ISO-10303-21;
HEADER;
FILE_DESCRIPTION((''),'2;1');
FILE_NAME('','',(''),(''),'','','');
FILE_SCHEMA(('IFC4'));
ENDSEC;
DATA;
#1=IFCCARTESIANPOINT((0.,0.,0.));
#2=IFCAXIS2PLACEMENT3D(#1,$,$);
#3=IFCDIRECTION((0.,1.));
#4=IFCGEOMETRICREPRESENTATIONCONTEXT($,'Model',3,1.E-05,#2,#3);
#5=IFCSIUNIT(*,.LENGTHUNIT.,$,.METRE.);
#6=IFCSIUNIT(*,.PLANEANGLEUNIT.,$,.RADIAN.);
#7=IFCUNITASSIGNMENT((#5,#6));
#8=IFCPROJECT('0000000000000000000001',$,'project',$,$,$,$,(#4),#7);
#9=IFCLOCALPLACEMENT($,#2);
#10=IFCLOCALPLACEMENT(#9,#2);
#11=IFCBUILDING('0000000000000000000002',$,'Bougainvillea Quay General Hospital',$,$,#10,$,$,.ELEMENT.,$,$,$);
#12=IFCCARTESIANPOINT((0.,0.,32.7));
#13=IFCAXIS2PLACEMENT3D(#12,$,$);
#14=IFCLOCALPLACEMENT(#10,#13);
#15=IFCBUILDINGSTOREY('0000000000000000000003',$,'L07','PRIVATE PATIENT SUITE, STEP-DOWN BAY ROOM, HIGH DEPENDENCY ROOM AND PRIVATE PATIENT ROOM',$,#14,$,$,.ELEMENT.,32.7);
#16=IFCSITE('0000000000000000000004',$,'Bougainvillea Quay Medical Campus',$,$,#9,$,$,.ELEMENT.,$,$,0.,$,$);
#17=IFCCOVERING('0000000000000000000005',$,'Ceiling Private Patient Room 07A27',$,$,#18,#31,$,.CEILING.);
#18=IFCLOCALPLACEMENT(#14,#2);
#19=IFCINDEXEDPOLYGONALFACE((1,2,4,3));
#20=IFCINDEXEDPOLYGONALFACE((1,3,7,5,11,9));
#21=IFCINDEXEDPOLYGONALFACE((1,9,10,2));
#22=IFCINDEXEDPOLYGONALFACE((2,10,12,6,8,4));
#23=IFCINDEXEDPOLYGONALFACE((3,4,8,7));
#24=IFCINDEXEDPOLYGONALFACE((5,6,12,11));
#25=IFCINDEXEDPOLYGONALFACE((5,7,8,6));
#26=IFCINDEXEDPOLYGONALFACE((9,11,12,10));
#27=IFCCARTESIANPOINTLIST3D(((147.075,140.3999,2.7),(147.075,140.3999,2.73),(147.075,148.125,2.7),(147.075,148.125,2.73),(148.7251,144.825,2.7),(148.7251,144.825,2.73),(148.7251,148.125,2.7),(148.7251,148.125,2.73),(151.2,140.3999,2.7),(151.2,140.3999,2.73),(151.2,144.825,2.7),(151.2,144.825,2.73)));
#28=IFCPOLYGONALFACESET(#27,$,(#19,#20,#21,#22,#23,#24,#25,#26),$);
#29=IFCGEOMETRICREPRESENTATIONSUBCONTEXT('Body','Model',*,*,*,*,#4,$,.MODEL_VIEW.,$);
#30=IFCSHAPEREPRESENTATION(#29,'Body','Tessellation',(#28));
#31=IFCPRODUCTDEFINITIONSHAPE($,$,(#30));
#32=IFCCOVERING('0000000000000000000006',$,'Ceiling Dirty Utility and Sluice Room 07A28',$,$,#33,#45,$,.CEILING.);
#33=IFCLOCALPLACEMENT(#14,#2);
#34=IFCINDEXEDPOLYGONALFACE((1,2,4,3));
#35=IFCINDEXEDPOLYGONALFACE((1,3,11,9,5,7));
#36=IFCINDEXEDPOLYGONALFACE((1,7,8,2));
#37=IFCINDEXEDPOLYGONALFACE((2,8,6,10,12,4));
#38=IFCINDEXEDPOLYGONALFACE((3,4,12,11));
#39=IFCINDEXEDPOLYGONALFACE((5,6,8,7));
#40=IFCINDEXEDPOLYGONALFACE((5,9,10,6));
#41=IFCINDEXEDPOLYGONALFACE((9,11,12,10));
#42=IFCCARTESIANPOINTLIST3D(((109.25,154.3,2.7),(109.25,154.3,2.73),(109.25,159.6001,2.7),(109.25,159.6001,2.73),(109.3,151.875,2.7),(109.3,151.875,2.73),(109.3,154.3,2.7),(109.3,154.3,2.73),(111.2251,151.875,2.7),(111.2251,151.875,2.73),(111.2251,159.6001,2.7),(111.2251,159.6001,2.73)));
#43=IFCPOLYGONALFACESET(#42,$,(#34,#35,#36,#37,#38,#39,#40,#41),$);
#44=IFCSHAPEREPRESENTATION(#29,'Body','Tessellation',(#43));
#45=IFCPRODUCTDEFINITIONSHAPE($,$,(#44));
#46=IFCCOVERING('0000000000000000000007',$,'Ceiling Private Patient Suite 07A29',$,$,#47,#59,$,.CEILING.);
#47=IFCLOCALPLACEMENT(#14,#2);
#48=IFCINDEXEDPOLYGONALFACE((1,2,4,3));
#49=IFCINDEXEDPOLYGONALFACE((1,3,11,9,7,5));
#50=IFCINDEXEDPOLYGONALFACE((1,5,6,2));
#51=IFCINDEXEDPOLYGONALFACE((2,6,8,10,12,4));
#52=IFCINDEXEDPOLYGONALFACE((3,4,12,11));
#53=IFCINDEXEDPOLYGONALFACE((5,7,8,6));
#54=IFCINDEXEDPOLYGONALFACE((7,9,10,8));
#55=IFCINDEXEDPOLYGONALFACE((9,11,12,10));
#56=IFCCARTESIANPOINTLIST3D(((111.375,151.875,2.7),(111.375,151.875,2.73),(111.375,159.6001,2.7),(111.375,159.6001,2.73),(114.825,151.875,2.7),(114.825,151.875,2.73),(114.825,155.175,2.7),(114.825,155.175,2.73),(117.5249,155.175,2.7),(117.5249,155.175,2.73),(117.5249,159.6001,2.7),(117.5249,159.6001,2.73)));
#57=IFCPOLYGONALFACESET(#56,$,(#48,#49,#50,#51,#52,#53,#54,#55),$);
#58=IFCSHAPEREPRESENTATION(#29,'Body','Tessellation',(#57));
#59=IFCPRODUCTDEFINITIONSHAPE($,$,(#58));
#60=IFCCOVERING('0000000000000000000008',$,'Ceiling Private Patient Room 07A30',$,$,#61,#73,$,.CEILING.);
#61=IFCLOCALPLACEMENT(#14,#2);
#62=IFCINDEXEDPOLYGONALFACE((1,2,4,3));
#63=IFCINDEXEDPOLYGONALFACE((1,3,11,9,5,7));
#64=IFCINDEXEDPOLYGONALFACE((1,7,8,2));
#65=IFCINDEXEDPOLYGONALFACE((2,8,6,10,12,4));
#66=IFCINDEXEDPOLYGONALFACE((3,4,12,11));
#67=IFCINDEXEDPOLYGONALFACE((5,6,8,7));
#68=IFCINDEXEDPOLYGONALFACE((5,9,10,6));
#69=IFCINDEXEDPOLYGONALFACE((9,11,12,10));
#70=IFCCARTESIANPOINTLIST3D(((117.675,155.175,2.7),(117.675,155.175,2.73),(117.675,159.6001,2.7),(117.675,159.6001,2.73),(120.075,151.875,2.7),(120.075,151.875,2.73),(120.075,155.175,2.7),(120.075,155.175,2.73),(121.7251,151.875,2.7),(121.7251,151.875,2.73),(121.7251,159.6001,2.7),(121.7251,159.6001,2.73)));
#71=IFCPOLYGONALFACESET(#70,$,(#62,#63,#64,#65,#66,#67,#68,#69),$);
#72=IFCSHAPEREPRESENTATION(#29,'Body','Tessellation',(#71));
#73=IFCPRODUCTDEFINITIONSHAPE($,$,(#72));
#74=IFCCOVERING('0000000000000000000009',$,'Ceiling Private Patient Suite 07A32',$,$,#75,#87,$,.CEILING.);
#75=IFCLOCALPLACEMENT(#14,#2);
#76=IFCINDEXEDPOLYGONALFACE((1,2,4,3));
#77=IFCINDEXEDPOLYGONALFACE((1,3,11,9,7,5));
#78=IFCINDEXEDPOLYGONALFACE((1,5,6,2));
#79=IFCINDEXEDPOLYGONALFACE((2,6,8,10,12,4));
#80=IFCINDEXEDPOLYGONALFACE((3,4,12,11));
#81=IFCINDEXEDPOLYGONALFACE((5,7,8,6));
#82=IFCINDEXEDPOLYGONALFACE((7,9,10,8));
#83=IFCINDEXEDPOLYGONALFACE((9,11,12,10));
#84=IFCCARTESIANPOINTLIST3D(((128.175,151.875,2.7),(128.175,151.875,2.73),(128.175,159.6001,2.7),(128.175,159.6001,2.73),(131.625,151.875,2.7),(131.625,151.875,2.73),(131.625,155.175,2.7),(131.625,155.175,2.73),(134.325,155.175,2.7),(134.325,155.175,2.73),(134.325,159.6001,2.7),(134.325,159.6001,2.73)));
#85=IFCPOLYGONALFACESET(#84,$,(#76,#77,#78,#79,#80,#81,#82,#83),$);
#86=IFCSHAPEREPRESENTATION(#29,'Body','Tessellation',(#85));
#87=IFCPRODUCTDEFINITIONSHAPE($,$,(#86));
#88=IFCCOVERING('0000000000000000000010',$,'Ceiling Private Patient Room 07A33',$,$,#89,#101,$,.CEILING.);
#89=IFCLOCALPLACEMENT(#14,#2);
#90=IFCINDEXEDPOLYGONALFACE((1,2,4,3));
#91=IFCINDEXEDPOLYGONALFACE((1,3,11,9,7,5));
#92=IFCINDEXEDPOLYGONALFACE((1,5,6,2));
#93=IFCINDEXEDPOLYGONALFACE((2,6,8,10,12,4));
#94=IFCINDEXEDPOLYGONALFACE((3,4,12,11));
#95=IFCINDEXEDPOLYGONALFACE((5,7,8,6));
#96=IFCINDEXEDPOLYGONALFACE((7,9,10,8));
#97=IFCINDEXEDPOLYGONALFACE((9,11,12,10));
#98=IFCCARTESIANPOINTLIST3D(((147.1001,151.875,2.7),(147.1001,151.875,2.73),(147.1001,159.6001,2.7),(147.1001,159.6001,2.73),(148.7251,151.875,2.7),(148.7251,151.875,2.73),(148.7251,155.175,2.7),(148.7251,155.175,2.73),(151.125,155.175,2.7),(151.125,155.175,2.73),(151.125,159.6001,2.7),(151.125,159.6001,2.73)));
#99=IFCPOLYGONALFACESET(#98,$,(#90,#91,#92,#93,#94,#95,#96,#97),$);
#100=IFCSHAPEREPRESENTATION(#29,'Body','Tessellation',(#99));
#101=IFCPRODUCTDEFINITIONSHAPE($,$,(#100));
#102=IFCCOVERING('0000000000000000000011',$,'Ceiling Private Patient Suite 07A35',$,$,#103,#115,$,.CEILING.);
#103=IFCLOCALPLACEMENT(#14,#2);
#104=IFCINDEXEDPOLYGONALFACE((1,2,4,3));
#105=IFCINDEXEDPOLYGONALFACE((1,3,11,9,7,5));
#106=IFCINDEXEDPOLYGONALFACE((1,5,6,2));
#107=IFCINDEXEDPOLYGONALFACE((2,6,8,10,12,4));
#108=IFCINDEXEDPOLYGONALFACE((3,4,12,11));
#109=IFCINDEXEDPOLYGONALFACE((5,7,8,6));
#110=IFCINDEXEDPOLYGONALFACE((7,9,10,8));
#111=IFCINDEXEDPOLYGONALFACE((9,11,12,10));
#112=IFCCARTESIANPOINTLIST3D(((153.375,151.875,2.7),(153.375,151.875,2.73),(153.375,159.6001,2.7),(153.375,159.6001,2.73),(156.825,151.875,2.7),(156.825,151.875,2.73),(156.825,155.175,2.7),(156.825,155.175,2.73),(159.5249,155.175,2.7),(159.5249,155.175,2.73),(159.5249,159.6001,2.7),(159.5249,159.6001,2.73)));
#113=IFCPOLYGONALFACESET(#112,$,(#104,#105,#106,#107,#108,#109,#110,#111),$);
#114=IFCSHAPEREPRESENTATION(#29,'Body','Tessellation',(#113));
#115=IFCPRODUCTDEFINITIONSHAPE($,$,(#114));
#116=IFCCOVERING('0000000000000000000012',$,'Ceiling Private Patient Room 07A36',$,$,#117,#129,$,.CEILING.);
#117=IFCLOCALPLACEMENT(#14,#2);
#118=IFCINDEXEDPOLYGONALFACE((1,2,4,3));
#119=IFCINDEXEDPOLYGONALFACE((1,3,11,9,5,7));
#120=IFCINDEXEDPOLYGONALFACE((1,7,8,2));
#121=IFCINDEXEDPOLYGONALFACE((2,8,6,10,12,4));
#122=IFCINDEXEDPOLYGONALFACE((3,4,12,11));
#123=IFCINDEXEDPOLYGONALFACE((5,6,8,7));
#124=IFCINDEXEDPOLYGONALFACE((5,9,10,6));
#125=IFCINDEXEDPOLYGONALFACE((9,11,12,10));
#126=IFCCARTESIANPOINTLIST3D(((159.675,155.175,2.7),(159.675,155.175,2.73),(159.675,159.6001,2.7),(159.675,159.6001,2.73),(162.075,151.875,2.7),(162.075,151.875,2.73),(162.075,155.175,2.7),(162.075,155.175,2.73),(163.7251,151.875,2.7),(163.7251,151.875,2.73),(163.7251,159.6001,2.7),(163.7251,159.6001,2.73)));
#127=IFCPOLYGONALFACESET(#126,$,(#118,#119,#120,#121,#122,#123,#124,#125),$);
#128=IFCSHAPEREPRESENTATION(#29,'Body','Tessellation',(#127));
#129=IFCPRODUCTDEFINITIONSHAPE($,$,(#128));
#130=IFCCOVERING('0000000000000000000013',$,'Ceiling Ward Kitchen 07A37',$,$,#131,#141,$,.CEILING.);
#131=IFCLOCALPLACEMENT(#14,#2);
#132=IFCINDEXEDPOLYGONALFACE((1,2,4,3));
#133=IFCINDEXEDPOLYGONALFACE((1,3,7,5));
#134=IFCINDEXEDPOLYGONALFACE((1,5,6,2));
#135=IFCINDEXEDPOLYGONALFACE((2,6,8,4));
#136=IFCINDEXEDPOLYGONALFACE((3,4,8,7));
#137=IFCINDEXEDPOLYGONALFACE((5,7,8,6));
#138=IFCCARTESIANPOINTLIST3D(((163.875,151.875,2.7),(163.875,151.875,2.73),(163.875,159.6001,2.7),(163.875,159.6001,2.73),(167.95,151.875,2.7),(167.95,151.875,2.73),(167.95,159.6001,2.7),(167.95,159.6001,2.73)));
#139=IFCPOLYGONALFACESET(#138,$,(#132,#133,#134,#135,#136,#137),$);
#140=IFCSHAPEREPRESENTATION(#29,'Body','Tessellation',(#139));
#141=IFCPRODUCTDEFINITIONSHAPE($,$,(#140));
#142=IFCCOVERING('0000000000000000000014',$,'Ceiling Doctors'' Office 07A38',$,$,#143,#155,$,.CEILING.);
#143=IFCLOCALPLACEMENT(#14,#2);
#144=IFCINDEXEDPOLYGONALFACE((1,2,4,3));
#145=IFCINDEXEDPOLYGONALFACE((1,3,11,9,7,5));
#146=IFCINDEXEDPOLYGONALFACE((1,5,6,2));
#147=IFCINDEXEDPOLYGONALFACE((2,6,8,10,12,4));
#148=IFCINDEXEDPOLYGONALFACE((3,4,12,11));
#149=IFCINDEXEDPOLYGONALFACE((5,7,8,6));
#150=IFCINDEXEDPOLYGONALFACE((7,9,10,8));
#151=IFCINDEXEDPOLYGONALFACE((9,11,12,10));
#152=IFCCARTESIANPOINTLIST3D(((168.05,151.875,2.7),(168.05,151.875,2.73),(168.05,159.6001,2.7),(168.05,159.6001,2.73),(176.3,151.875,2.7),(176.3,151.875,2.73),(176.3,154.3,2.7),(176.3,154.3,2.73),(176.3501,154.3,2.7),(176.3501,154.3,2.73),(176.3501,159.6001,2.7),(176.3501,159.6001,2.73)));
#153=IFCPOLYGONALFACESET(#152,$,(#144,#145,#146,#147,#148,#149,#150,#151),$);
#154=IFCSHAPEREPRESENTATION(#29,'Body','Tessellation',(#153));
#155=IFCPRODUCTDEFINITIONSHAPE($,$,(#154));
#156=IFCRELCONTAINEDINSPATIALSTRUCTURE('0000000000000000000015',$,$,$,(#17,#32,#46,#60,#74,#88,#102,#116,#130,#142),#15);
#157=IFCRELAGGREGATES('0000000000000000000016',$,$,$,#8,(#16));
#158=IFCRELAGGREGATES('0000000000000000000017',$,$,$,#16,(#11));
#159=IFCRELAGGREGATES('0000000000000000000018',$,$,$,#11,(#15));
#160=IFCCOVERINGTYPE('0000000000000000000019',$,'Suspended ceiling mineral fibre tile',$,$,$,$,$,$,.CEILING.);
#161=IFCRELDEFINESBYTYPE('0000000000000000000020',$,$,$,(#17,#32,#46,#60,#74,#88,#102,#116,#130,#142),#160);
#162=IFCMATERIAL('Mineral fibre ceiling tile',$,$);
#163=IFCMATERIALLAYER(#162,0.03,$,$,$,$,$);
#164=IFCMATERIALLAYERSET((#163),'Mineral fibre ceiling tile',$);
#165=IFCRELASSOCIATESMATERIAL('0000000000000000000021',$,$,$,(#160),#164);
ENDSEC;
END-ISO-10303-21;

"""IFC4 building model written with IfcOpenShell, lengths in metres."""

from ifc_helpers import new_model, si_unit, direction, frame, origin, place, context, subcontext, project, spatial, polyline, outline, extrude, material, layer, layer_set, type_object, element, save


model = new_model("IFC4")

# Units and contexts
model_context = context("Model", 3, precision=1e-05, world=origin(), true_north=direction((0.0, 1.0)))
body_context = subcontext(model_context, "Body", "Model", "MODEL_VIEW")
ifc_project = project(units=[si_unit("LENGTHUNIT", "METRE"), si_unit("PLANEANGLEUNIT", "RADIAN")], contexts=[model_context])

# Site, building, storey
site_placement = place(None, origin())
site = spatial("IfcSite", under=ifc_project, at=site_placement, Name="Bougainvillea Quay Medical Campus", CompositionType="ELEMENT", RefElevation=0.0)
building_placement = place(site_placement, origin())
building = spatial("IfcBuilding", under=site, at=building_placement, Name="Bougainvillea Quay General Hospital", CompositionType="ELEMENT")
storey_placement = place(building_placement, frame((0.0, 0.0, 32.7)))
storey = spatial("IfcBuildingStorey", under=building, at=storey_placement, Name="L07", Description="PRIVATE PATIENT SUITE, STEP-DOWN BAY ROOM, HIGH DEPENDENCY ROOM AND PRIVATE PATIENT ROOM", CompositionType="ELEMENT", Elevation=32.7)

# Coverings
ifc_material_1 = material(Name="Mineral fibre ceiling tile")
ifc_layer_1 = layer(ifc_material_1, 0.03)
ifc_layer_set_1 = layer_set([ifc_layer_1], Name="Mineral fibre ceiling tile")
covering_type = type_object("IfcCoveringType", Name="Suspended ceiling mineral fibre tile", PredefinedType="CEILING", material=ifc_layer_set_1)
covering_1_placement = place(storey_placement, frame((0.0, 0.0, 2.7)))
element("IfcCovering", 1, at=covering_1_placement, inside=storey, type_object=covering_type, Name="Ceiling Private Patient Room 07A27", PredefinedType="CEILING", context=body_context, shape_type="SweptSolid", body=[
    extrude(outline(polyline([(151.2, 140.3999), (151.2, 144.825), (148.7251, 144.825), (148.7251, 148.125), (147.075, 148.125), (147.075, 140.3999), (151.2, 140.3999)])), origin(), (0.0, 0.0, 1.0), 0.03),
])
covering_2_placement = place(storey_placement, frame((0.0, 0.0, 2.7)))
element("IfcCovering", 2, at=covering_2_placement, inside=storey, type_object=covering_type, Name="Ceiling Dirty Utility and Sluice Room 07A28", PredefinedType="CEILING", context=body_context, shape_type="SweptSolid", body=[
    extrude(outline(polyline([(109.25, 159.6001), (109.25, 154.3), (109.3, 154.3), (109.3, 151.875), (111.2251, 151.875), (111.2251, 159.6001), (109.25, 159.6001)])), origin(), (0.0, 0.0, 1.0), 0.03),
])
covering_3_placement = place(storey_placement, frame((0.0, 0.0, 2.7)))
element("IfcCovering", 3, at=covering_3_placement, inside=storey, type_object=covering_type, Name="Ceiling Private Patient Suite 07A29", PredefinedType="CEILING", context=body_context, shape_type="SweptSolid", body=[
    extrude(outline(polyline([(111.375, 159.6001), (111.375, 151.875), (114.825, 151.875), (114.825, 155.175), (117.5249, 155.175), (117.5249, 159.6001), (111.375, 159.6001)])), origin(), (0.0, 0.0, 1.0), 0.03),
])
covering_4_placement = place(storey_placement, frame((0.0, 0.0, 2.7)))
element("IfcCovering", 4, at=covering_4_placement, inside=storey, type_object=covering_type, Name="Ceiling Private Patient Room 07A30", PredefinedType="CEILING", context=body_context, shape_type="SweptSolid", body=[
    extrude(outline(polyline([(117.675, 159.6001), (117.675, 155.175), (120.075, 155.175), (120.075, 151.875), (121.7251, 151.875), (121.7251, 159.6001), (117.675, 159.6001)])), origin(), (0.0, 0.0, 1.0), 0.03),
])
covering_5_placement = place(storey_placement, frame((0.0, 0.0, 2.7)))
element("IfcCovering", 5, at=covering_5_placement, inside=storey, type_object=covering_type, Name="Ceiling Private Patient Suite 07A32", PredefinedType="CEILING", context=body_context, shape_type="SweptSolid", body=[
    extrude(outline(polyline([(128.175, 159.6001), (128.175, 151.875), (131.625, 151.875), (131.625, 155.175), (134.325, 155.175), (134.325, 159.6001), (128.175, 159.6001)])), origin(), (0.0, 0.0, 1.0), 0.03),
])
covering_6_placement = place(storey_placement, frame((0.0, 0.0, 2.7)))
element("IfcCovering", 6, at=covering_6_placement, inside=storey, type_object=covering_type, Name="Ceiling Private Patient Room 07A33", PredefinedType="CEILING", context=body_context, shape_type="SweptSolid", body=[
    extrude(outline(polyline([(147.1001, 159.6001), (147.1001, 151.875), (148.7251, 151.875), (148.7251, 155.175), (151.125, 155.175), (151.125, 159.6001), (147.1001, 159.6001)])), origin(), (0.0, 0.0, 1.0), 0.03),
])
covering_7_placement = place(storey_placement, frame((0.0, 0.0, 2.7)))
element("IfcCovering", 7, at=covering_7_placement, inside=storey, type_object=covering_type, Name="Ceiling Private Patient Suite 07A35", PredefinedType="CEILING", context=body_context, shape_type="SweptSolid", body=[
    extrude(outline(polyline([(153.375, 159.6001), (153.375, 151.875), (156.825, 151.875), (156.825, 155.175), (159.5249, 155.175), (159.5249, 159.6001), (153.375, 159.6001)])), origin(), (0.0, 0.0, 1.0), 0.03),
])
covering_8_placement = place(storey_placement, frame((0.0, 0.0, 2.7)))
element("IfcCovering", 8, at=covering_8_placement, inside=storey, type_object=covering_type, Name="Ceiling Private Patient Room 07A36", PredefinedType="CEILING", context=body_context, shape_type="SweptSolid", body=[
    extrude(outline(polyline([(159.675, 159.6001), (159.675, 155.175), (162.075, 155.175), (162.075, 151.875), (163.7251, 151.875), (163.7251, 159.6001), (159.675, 159.6001)])), origin(), (0.0, 0.0, 1.0), 0.03),
])
covering_9_placement = place(storey_placement, frame((0.0, 0.0, 2.7)))
element("IfcCovering", 9, at=covering_9_placement, inside=storey, type_object=covering_type, Name="Ceiling Ward Kitchen 07A37", PredefinedType="CEILING", context=body_context, shape_type="SweptSolid", body=[
    extrude(outline(polyline([(163.875, 159.6001), (163.875, 151.875), (167.95, 151.875), (167.95, 159.6001), (163.875, 159.6001)])), origin(), (0.0, 0.0, 1.0), 0.03),
])
covering_10_placement = place(storey_placement, frame((0.0, 0.0, 2.7)))
element("IfcCovering", 10, at=covering_10_placement, inside=storey, type_object=covering_type, Name="Ceiling Doctors' Office 07A38", PredefinedType="CEILING", context=body_context, shape_type="SweptSolid", body=[
    extrude(outline(polyline([(168.05, 159.6001), (168.05, 151.875), (176.3, 151.875), (176.3, 154.3), (176.3501, 154.3), (176.3501, 159.6001), (168.05, 159.6001)])), origin(), (0.0, 0.0, 1.0), 0.03),
])

save(model, "model.ifc")
